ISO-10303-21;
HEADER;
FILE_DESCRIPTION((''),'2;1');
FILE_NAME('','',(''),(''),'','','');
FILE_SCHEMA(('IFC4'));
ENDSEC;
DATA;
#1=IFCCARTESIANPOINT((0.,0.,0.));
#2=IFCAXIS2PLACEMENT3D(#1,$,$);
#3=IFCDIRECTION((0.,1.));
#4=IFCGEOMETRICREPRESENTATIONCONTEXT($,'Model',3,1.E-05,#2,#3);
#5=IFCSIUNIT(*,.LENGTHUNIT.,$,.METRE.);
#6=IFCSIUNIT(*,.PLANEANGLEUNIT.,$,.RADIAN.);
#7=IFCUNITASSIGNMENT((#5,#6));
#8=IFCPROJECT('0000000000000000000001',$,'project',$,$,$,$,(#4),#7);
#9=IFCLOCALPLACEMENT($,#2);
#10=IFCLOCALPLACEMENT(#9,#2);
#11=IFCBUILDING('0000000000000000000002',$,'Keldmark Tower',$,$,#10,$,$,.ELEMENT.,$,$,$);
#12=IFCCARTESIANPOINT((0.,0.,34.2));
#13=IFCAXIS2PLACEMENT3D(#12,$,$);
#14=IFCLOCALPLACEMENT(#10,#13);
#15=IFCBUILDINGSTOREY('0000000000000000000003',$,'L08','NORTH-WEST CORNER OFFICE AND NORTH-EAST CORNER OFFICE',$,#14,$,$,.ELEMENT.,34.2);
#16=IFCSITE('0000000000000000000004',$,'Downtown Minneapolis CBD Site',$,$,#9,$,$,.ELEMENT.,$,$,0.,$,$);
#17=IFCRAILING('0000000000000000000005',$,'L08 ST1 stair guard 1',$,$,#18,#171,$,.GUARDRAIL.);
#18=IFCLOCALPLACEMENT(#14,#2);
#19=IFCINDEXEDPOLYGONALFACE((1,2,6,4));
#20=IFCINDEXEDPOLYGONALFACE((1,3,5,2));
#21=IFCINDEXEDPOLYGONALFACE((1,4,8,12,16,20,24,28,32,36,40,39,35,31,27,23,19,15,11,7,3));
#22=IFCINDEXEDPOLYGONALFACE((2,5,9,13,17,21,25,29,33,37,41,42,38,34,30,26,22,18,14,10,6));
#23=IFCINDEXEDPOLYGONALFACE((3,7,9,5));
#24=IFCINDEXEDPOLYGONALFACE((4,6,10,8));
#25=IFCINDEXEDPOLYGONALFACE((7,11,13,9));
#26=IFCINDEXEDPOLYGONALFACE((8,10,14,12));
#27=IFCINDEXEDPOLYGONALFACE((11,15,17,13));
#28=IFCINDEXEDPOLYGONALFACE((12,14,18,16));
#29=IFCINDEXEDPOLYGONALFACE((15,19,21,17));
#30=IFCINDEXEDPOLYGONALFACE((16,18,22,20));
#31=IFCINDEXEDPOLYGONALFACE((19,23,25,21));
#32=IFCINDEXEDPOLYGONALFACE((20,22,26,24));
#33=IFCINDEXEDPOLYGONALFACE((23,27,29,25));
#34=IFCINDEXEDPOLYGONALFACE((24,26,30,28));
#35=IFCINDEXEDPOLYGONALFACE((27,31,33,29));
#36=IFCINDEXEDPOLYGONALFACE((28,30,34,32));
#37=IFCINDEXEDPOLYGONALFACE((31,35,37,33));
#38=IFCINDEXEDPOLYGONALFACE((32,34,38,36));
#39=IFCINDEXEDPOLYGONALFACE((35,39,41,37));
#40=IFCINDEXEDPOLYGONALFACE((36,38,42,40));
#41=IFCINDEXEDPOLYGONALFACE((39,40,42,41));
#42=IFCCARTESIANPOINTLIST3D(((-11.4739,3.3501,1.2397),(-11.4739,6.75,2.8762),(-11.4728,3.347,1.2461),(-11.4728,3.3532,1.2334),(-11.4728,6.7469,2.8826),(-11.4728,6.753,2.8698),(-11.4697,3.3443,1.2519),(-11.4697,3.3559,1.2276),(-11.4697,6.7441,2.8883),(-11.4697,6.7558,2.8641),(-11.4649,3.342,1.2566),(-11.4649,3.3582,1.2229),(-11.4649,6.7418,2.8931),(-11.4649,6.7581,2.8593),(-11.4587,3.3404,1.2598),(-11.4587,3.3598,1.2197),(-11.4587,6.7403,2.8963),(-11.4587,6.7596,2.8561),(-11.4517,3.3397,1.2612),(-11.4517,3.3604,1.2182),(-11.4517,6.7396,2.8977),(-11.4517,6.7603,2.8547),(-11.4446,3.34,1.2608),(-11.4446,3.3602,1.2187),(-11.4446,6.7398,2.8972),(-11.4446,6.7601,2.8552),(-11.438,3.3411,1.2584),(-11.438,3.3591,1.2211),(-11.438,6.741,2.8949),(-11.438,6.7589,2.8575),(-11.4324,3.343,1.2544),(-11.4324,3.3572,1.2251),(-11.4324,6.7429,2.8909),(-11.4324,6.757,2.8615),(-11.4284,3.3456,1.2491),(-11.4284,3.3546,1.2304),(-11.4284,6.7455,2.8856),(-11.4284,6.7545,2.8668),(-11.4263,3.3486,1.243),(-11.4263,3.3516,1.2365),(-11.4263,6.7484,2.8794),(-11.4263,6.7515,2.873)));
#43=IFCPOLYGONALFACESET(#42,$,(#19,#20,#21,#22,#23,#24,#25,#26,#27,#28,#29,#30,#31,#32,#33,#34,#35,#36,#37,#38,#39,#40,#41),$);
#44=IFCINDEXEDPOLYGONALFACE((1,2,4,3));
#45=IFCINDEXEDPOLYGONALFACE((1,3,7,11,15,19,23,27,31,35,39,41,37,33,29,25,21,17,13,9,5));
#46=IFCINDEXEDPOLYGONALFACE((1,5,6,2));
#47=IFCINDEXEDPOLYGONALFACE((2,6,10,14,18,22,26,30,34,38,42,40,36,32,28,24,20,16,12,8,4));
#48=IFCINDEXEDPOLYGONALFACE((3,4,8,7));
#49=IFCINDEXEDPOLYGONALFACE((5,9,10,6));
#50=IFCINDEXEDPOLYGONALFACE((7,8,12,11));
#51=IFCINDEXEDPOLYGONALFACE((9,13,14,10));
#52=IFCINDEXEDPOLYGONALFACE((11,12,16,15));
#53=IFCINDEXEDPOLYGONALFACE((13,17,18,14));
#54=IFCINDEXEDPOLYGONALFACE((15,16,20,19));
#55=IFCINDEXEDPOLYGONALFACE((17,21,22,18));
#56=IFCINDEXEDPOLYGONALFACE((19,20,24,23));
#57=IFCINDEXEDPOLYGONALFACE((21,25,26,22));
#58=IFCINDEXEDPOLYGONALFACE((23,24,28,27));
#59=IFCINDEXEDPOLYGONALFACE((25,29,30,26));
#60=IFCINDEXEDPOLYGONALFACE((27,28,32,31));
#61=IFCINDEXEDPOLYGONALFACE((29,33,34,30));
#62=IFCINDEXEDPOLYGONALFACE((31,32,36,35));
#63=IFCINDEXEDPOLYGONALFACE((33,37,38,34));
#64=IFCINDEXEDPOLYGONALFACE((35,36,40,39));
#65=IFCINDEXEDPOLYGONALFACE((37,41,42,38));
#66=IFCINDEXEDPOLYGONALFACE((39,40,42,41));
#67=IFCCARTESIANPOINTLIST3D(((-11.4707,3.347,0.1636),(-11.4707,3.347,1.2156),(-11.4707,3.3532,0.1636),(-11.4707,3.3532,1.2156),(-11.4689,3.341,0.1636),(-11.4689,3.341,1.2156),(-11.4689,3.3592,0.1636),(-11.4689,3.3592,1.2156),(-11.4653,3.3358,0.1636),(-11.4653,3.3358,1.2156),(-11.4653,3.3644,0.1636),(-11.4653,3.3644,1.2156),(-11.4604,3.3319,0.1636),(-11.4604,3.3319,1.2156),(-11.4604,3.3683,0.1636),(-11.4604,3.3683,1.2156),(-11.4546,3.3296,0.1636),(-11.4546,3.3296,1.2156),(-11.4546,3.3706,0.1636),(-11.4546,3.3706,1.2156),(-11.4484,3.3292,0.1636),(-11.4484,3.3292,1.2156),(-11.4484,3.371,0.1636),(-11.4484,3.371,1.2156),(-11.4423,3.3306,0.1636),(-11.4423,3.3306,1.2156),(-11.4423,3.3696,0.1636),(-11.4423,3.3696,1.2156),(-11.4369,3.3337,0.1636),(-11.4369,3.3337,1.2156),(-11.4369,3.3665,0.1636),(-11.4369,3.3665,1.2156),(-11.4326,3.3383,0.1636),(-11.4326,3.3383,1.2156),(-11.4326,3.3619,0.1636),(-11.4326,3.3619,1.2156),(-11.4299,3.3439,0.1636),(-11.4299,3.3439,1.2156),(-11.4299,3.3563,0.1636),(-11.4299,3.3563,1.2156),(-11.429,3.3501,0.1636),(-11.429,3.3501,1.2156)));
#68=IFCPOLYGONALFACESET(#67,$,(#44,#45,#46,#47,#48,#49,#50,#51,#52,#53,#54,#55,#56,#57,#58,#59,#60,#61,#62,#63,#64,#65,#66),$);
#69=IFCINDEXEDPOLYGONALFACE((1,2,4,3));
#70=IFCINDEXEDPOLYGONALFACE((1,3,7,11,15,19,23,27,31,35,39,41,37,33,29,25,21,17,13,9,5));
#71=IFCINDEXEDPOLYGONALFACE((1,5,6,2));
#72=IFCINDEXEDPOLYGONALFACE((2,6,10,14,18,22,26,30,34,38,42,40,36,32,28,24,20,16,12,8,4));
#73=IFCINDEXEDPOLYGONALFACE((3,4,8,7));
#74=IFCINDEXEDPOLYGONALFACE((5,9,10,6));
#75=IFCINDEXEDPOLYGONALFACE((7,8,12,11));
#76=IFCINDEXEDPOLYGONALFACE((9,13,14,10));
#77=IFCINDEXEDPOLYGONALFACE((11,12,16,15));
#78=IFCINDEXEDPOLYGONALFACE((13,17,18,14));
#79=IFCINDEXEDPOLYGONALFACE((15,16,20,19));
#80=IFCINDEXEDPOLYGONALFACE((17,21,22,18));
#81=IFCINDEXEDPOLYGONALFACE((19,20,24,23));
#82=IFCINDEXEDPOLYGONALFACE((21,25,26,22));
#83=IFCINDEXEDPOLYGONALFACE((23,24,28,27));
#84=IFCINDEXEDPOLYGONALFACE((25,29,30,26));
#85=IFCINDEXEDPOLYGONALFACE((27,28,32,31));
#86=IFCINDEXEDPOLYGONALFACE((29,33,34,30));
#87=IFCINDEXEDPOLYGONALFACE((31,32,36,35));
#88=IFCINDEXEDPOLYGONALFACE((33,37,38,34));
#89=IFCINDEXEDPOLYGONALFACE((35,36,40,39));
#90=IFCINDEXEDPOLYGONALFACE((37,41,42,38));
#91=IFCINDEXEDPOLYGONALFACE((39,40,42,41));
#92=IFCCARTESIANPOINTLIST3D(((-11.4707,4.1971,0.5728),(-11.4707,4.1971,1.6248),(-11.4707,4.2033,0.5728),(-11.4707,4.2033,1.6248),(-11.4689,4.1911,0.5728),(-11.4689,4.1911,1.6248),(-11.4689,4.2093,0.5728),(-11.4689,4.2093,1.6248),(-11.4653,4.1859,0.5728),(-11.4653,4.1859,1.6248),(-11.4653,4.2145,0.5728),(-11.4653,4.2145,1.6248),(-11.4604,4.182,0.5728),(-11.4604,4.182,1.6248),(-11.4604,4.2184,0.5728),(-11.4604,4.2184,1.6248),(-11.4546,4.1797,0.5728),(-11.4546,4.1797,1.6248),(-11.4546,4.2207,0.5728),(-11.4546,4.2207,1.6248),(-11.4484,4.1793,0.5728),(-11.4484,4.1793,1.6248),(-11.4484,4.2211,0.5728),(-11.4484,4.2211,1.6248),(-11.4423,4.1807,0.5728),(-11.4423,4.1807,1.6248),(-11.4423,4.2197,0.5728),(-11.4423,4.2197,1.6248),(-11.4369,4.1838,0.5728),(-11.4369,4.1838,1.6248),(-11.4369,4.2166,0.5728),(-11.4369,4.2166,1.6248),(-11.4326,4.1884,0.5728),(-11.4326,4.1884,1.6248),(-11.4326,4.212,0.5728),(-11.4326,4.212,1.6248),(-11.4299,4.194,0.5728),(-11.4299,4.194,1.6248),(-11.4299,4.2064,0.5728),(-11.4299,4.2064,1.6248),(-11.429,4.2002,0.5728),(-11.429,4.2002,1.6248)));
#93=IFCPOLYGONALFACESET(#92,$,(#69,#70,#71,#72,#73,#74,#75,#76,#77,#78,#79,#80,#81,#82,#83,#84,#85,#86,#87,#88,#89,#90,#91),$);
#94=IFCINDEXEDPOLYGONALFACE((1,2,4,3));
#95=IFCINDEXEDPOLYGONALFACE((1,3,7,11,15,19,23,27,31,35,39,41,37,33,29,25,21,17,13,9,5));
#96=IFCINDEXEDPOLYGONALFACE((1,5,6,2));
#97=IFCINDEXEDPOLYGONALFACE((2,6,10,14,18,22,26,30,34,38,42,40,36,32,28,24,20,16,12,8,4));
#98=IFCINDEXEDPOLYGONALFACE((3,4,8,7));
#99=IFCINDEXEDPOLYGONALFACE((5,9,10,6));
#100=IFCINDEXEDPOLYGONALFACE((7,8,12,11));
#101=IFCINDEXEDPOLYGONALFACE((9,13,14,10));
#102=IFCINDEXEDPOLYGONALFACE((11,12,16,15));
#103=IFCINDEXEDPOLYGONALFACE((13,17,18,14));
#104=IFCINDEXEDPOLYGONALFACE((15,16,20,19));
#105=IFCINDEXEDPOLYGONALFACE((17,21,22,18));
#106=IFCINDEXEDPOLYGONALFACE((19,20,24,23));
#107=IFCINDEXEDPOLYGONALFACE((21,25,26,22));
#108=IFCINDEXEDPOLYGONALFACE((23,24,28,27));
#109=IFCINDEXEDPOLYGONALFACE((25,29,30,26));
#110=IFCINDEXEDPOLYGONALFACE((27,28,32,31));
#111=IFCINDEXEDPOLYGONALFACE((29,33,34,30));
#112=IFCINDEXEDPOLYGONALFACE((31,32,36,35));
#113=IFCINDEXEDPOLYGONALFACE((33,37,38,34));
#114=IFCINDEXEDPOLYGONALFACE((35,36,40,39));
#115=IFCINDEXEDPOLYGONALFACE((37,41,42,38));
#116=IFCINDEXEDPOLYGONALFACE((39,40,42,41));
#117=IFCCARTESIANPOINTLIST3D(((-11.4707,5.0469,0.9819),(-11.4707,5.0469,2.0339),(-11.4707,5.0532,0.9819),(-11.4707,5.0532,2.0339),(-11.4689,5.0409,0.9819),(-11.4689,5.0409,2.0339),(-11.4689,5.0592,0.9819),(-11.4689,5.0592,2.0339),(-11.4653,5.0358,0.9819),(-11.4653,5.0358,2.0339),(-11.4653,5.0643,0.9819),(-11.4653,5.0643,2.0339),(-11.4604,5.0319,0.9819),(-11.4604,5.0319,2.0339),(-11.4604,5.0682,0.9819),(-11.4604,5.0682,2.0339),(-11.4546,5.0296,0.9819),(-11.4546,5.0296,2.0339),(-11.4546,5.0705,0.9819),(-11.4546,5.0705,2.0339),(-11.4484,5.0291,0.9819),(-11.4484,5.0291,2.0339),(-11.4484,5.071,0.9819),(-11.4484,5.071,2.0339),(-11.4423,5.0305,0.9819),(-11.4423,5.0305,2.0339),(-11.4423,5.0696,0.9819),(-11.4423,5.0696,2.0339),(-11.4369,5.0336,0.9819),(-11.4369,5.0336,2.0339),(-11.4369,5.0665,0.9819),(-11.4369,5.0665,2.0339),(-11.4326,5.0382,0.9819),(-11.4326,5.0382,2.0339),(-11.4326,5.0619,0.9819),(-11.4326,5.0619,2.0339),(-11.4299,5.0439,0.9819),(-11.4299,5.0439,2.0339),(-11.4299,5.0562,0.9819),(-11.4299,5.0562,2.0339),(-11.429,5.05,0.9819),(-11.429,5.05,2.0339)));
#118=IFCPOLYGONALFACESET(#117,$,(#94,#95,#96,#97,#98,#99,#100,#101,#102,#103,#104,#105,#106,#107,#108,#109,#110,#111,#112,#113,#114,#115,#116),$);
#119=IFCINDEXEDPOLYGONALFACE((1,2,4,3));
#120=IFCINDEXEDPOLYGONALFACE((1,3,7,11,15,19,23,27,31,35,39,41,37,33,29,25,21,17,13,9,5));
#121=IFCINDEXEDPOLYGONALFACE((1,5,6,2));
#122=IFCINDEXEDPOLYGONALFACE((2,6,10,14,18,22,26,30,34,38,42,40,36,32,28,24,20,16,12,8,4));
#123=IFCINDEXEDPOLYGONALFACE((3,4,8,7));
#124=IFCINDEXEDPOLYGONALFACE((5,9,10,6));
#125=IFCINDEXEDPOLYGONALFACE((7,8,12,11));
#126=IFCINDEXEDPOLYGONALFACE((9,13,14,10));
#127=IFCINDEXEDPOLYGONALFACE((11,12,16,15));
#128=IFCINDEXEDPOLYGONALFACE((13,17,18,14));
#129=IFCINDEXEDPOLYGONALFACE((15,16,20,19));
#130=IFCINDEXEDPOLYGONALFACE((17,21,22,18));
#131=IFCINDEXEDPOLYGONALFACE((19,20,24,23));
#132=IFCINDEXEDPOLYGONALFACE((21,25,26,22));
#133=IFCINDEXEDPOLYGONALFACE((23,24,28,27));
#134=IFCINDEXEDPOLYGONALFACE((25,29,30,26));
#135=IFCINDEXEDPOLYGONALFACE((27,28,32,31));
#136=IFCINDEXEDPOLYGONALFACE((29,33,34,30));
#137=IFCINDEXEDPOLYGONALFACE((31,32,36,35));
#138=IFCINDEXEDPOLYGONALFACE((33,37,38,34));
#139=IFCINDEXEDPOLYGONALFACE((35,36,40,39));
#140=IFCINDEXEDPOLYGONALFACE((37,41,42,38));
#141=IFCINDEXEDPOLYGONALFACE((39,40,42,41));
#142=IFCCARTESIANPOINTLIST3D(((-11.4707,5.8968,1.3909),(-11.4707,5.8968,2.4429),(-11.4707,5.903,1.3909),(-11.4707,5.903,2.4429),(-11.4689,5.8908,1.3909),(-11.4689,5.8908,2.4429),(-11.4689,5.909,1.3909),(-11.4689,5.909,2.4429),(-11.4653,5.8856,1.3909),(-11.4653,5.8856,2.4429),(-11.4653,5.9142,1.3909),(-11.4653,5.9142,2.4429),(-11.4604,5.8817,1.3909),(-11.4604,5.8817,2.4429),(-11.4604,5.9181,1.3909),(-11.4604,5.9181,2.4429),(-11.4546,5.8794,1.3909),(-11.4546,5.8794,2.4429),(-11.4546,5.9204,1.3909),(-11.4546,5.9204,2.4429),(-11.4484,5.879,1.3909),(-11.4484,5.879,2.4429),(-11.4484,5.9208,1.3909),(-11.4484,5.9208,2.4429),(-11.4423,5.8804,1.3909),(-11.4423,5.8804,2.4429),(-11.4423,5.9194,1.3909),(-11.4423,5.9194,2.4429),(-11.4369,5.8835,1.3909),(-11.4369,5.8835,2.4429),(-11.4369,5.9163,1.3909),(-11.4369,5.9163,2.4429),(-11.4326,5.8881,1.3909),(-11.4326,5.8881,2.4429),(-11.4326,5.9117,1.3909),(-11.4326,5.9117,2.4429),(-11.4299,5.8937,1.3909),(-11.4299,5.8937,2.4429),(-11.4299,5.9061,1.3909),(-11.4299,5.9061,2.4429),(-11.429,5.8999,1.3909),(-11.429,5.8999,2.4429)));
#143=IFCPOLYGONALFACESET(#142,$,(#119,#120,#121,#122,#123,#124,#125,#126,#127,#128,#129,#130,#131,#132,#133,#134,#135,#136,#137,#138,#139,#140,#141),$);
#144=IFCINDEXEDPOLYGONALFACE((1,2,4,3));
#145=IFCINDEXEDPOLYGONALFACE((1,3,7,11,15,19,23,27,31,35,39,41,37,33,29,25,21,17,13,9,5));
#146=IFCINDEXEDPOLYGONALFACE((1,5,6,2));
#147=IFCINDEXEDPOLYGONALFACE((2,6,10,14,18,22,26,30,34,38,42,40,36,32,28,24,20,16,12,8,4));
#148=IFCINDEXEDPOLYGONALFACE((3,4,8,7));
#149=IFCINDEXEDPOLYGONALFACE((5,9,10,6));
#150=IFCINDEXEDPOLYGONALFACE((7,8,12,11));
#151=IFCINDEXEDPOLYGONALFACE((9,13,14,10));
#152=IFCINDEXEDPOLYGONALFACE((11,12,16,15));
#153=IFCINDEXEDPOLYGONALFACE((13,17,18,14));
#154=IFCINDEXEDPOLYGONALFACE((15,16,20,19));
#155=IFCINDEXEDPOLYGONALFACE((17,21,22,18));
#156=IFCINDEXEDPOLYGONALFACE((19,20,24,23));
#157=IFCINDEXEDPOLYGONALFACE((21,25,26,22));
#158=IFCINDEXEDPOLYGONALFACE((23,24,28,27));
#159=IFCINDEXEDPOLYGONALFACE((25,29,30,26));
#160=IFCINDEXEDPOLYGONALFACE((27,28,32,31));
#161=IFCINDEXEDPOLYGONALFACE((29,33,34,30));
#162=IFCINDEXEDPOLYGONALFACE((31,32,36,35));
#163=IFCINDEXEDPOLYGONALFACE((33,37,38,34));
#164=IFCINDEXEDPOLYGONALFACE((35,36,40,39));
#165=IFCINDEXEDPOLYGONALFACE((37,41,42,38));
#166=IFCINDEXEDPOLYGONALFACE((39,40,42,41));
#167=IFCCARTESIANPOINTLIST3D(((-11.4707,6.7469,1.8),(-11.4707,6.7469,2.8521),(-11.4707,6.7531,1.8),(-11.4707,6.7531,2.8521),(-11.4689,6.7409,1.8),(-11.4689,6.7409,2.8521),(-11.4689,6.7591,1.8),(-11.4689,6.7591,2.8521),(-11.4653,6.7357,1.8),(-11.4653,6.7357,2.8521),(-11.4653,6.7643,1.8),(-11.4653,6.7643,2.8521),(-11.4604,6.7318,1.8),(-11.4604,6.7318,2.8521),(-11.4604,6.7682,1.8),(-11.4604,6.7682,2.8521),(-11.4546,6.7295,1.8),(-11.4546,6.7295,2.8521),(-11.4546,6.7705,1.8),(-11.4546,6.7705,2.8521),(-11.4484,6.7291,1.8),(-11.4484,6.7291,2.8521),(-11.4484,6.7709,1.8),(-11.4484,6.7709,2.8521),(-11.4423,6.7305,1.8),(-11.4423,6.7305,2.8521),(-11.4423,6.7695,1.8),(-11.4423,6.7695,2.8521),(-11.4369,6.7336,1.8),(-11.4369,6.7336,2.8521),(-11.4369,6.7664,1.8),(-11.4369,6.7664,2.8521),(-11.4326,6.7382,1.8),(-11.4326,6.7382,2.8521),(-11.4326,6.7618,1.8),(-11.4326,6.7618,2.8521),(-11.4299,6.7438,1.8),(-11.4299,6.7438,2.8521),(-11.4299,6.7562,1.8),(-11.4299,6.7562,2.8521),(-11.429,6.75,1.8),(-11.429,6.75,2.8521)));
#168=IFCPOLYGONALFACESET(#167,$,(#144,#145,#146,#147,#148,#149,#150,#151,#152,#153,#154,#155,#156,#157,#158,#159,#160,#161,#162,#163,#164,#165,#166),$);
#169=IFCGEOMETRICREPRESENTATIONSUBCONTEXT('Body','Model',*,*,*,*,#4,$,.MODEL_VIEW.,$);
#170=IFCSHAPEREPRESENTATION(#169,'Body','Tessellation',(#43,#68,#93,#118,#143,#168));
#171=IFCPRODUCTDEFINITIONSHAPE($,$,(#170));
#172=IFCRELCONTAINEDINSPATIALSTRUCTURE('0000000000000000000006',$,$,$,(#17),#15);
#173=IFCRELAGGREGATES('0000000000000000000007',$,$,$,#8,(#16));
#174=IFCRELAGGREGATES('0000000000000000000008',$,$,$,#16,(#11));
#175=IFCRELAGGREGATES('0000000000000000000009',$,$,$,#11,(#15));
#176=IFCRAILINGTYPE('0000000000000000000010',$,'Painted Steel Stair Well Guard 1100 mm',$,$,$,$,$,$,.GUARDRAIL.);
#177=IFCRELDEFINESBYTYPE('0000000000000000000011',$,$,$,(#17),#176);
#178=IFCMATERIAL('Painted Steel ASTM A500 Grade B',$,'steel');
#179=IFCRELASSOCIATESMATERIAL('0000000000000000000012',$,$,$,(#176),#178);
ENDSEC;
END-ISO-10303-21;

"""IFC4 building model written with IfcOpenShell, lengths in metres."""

from ifc_helpers import new_model, si_unit, direction, frame, origin, origin_2d, place, context, subcontext, project, spatial, circle, extrude, material, type_object, element, save


model = new_model("IFC4")

# Units and contexts
model_context = context("Model", 3, precision=1e-05, world=origin(), true_north=direction((0.0, 1.0)))
body_context = subcontext(model_context, "Body", "Model", "MODEL_VIEW")
ifc_project = project(units=[si_unit("LENGTHUNIT", "METRE"), si_unit("PLANEANGLEUNIT", "RADIAN")], contexts=[model_context])

# Site, building, storey
site_placement = place(None, origin())
site = spatial("IfcSite", under=ifc_project, at=site_placement, Name="Downtown Minneapolis CBD Site", CompositionType="ELEMENT", RefElevation=0.0)
building_placement = place(site_placement, origin())
building = spatial("IfcBuilding", under=site, at=building_placement, Name="Keldmark Tower", CompositionType="ELEMENT")
storey_placement = place(building_placement, frame((0.0, 0.0, 34.2)))
storey = spatial("IfcBuildingStorey", under=building, at=storey_placement, Name="L08", Description="NORTH-WEST CORNER OFFICE AND NORTH-EAST CORNER OFFICE", CompositionType="ELEMENT", Elevation=34.2)

# Railing
ifc_material_1 = material(Name="Painted Steel ASTM A500 Grade B", Category="steel")
railing_type_1 = type_object("IfcRailingType", Name="Painted Steel Stair Well Guard 1100 mm", PredefinedType="GUARDRAIL", material=ifc_material_1)
railing_1_placement = place(storey_placement, frame((-11.45, 3.3501, 0.1636)))
element("IfcRailing", 1, at=railing_1_placement, inside=storey, type_object=railing_type_1, Name="L08 ST1 stair guard 1", PredefinedType="GUARDRAIL", context=body_context, shape_type="SweptSolid", body=[
    extrude(circle(Radius=0.0239, at=origin_2d()), frame((0.0, 0.0, 1.0762), z_axis=(0.0, 0.901055, 0.433705), x_axis=(-1.0, 0.0, 0.0)), (0.0, 0.0, 1.0), 3.7732),
    extrude(circle(Radius=0.021, at=origin_2d()), origin(), (0.0, 0.0, 1.0), 1.052),
    extrude(circle(Radius=0.021, at=origin_2d()), frame((0.0, 0.8501, 0.4092)), (0.0, 0.0, 1.0), 1.052),
    extrude(circle(Radius=0.021, at=origin_2d()), frame((0.0, 1.7, 0.8184)), (0.0, 0.0, 1.0), 1.052),
    extrude(circle(Radius=0.021, at=origin_2d()), frame((0.0, 2.5498, 1.2273)), (0.0, 0.0, 1.0), 1.052),
    extrude(circle(Radius=0.021, at=origin_2d()), frame((0.0, 3.3999, 1.6365)), (0.0, 0.0, 1.0), 1.052),
])

save(model, "model.ifc")
